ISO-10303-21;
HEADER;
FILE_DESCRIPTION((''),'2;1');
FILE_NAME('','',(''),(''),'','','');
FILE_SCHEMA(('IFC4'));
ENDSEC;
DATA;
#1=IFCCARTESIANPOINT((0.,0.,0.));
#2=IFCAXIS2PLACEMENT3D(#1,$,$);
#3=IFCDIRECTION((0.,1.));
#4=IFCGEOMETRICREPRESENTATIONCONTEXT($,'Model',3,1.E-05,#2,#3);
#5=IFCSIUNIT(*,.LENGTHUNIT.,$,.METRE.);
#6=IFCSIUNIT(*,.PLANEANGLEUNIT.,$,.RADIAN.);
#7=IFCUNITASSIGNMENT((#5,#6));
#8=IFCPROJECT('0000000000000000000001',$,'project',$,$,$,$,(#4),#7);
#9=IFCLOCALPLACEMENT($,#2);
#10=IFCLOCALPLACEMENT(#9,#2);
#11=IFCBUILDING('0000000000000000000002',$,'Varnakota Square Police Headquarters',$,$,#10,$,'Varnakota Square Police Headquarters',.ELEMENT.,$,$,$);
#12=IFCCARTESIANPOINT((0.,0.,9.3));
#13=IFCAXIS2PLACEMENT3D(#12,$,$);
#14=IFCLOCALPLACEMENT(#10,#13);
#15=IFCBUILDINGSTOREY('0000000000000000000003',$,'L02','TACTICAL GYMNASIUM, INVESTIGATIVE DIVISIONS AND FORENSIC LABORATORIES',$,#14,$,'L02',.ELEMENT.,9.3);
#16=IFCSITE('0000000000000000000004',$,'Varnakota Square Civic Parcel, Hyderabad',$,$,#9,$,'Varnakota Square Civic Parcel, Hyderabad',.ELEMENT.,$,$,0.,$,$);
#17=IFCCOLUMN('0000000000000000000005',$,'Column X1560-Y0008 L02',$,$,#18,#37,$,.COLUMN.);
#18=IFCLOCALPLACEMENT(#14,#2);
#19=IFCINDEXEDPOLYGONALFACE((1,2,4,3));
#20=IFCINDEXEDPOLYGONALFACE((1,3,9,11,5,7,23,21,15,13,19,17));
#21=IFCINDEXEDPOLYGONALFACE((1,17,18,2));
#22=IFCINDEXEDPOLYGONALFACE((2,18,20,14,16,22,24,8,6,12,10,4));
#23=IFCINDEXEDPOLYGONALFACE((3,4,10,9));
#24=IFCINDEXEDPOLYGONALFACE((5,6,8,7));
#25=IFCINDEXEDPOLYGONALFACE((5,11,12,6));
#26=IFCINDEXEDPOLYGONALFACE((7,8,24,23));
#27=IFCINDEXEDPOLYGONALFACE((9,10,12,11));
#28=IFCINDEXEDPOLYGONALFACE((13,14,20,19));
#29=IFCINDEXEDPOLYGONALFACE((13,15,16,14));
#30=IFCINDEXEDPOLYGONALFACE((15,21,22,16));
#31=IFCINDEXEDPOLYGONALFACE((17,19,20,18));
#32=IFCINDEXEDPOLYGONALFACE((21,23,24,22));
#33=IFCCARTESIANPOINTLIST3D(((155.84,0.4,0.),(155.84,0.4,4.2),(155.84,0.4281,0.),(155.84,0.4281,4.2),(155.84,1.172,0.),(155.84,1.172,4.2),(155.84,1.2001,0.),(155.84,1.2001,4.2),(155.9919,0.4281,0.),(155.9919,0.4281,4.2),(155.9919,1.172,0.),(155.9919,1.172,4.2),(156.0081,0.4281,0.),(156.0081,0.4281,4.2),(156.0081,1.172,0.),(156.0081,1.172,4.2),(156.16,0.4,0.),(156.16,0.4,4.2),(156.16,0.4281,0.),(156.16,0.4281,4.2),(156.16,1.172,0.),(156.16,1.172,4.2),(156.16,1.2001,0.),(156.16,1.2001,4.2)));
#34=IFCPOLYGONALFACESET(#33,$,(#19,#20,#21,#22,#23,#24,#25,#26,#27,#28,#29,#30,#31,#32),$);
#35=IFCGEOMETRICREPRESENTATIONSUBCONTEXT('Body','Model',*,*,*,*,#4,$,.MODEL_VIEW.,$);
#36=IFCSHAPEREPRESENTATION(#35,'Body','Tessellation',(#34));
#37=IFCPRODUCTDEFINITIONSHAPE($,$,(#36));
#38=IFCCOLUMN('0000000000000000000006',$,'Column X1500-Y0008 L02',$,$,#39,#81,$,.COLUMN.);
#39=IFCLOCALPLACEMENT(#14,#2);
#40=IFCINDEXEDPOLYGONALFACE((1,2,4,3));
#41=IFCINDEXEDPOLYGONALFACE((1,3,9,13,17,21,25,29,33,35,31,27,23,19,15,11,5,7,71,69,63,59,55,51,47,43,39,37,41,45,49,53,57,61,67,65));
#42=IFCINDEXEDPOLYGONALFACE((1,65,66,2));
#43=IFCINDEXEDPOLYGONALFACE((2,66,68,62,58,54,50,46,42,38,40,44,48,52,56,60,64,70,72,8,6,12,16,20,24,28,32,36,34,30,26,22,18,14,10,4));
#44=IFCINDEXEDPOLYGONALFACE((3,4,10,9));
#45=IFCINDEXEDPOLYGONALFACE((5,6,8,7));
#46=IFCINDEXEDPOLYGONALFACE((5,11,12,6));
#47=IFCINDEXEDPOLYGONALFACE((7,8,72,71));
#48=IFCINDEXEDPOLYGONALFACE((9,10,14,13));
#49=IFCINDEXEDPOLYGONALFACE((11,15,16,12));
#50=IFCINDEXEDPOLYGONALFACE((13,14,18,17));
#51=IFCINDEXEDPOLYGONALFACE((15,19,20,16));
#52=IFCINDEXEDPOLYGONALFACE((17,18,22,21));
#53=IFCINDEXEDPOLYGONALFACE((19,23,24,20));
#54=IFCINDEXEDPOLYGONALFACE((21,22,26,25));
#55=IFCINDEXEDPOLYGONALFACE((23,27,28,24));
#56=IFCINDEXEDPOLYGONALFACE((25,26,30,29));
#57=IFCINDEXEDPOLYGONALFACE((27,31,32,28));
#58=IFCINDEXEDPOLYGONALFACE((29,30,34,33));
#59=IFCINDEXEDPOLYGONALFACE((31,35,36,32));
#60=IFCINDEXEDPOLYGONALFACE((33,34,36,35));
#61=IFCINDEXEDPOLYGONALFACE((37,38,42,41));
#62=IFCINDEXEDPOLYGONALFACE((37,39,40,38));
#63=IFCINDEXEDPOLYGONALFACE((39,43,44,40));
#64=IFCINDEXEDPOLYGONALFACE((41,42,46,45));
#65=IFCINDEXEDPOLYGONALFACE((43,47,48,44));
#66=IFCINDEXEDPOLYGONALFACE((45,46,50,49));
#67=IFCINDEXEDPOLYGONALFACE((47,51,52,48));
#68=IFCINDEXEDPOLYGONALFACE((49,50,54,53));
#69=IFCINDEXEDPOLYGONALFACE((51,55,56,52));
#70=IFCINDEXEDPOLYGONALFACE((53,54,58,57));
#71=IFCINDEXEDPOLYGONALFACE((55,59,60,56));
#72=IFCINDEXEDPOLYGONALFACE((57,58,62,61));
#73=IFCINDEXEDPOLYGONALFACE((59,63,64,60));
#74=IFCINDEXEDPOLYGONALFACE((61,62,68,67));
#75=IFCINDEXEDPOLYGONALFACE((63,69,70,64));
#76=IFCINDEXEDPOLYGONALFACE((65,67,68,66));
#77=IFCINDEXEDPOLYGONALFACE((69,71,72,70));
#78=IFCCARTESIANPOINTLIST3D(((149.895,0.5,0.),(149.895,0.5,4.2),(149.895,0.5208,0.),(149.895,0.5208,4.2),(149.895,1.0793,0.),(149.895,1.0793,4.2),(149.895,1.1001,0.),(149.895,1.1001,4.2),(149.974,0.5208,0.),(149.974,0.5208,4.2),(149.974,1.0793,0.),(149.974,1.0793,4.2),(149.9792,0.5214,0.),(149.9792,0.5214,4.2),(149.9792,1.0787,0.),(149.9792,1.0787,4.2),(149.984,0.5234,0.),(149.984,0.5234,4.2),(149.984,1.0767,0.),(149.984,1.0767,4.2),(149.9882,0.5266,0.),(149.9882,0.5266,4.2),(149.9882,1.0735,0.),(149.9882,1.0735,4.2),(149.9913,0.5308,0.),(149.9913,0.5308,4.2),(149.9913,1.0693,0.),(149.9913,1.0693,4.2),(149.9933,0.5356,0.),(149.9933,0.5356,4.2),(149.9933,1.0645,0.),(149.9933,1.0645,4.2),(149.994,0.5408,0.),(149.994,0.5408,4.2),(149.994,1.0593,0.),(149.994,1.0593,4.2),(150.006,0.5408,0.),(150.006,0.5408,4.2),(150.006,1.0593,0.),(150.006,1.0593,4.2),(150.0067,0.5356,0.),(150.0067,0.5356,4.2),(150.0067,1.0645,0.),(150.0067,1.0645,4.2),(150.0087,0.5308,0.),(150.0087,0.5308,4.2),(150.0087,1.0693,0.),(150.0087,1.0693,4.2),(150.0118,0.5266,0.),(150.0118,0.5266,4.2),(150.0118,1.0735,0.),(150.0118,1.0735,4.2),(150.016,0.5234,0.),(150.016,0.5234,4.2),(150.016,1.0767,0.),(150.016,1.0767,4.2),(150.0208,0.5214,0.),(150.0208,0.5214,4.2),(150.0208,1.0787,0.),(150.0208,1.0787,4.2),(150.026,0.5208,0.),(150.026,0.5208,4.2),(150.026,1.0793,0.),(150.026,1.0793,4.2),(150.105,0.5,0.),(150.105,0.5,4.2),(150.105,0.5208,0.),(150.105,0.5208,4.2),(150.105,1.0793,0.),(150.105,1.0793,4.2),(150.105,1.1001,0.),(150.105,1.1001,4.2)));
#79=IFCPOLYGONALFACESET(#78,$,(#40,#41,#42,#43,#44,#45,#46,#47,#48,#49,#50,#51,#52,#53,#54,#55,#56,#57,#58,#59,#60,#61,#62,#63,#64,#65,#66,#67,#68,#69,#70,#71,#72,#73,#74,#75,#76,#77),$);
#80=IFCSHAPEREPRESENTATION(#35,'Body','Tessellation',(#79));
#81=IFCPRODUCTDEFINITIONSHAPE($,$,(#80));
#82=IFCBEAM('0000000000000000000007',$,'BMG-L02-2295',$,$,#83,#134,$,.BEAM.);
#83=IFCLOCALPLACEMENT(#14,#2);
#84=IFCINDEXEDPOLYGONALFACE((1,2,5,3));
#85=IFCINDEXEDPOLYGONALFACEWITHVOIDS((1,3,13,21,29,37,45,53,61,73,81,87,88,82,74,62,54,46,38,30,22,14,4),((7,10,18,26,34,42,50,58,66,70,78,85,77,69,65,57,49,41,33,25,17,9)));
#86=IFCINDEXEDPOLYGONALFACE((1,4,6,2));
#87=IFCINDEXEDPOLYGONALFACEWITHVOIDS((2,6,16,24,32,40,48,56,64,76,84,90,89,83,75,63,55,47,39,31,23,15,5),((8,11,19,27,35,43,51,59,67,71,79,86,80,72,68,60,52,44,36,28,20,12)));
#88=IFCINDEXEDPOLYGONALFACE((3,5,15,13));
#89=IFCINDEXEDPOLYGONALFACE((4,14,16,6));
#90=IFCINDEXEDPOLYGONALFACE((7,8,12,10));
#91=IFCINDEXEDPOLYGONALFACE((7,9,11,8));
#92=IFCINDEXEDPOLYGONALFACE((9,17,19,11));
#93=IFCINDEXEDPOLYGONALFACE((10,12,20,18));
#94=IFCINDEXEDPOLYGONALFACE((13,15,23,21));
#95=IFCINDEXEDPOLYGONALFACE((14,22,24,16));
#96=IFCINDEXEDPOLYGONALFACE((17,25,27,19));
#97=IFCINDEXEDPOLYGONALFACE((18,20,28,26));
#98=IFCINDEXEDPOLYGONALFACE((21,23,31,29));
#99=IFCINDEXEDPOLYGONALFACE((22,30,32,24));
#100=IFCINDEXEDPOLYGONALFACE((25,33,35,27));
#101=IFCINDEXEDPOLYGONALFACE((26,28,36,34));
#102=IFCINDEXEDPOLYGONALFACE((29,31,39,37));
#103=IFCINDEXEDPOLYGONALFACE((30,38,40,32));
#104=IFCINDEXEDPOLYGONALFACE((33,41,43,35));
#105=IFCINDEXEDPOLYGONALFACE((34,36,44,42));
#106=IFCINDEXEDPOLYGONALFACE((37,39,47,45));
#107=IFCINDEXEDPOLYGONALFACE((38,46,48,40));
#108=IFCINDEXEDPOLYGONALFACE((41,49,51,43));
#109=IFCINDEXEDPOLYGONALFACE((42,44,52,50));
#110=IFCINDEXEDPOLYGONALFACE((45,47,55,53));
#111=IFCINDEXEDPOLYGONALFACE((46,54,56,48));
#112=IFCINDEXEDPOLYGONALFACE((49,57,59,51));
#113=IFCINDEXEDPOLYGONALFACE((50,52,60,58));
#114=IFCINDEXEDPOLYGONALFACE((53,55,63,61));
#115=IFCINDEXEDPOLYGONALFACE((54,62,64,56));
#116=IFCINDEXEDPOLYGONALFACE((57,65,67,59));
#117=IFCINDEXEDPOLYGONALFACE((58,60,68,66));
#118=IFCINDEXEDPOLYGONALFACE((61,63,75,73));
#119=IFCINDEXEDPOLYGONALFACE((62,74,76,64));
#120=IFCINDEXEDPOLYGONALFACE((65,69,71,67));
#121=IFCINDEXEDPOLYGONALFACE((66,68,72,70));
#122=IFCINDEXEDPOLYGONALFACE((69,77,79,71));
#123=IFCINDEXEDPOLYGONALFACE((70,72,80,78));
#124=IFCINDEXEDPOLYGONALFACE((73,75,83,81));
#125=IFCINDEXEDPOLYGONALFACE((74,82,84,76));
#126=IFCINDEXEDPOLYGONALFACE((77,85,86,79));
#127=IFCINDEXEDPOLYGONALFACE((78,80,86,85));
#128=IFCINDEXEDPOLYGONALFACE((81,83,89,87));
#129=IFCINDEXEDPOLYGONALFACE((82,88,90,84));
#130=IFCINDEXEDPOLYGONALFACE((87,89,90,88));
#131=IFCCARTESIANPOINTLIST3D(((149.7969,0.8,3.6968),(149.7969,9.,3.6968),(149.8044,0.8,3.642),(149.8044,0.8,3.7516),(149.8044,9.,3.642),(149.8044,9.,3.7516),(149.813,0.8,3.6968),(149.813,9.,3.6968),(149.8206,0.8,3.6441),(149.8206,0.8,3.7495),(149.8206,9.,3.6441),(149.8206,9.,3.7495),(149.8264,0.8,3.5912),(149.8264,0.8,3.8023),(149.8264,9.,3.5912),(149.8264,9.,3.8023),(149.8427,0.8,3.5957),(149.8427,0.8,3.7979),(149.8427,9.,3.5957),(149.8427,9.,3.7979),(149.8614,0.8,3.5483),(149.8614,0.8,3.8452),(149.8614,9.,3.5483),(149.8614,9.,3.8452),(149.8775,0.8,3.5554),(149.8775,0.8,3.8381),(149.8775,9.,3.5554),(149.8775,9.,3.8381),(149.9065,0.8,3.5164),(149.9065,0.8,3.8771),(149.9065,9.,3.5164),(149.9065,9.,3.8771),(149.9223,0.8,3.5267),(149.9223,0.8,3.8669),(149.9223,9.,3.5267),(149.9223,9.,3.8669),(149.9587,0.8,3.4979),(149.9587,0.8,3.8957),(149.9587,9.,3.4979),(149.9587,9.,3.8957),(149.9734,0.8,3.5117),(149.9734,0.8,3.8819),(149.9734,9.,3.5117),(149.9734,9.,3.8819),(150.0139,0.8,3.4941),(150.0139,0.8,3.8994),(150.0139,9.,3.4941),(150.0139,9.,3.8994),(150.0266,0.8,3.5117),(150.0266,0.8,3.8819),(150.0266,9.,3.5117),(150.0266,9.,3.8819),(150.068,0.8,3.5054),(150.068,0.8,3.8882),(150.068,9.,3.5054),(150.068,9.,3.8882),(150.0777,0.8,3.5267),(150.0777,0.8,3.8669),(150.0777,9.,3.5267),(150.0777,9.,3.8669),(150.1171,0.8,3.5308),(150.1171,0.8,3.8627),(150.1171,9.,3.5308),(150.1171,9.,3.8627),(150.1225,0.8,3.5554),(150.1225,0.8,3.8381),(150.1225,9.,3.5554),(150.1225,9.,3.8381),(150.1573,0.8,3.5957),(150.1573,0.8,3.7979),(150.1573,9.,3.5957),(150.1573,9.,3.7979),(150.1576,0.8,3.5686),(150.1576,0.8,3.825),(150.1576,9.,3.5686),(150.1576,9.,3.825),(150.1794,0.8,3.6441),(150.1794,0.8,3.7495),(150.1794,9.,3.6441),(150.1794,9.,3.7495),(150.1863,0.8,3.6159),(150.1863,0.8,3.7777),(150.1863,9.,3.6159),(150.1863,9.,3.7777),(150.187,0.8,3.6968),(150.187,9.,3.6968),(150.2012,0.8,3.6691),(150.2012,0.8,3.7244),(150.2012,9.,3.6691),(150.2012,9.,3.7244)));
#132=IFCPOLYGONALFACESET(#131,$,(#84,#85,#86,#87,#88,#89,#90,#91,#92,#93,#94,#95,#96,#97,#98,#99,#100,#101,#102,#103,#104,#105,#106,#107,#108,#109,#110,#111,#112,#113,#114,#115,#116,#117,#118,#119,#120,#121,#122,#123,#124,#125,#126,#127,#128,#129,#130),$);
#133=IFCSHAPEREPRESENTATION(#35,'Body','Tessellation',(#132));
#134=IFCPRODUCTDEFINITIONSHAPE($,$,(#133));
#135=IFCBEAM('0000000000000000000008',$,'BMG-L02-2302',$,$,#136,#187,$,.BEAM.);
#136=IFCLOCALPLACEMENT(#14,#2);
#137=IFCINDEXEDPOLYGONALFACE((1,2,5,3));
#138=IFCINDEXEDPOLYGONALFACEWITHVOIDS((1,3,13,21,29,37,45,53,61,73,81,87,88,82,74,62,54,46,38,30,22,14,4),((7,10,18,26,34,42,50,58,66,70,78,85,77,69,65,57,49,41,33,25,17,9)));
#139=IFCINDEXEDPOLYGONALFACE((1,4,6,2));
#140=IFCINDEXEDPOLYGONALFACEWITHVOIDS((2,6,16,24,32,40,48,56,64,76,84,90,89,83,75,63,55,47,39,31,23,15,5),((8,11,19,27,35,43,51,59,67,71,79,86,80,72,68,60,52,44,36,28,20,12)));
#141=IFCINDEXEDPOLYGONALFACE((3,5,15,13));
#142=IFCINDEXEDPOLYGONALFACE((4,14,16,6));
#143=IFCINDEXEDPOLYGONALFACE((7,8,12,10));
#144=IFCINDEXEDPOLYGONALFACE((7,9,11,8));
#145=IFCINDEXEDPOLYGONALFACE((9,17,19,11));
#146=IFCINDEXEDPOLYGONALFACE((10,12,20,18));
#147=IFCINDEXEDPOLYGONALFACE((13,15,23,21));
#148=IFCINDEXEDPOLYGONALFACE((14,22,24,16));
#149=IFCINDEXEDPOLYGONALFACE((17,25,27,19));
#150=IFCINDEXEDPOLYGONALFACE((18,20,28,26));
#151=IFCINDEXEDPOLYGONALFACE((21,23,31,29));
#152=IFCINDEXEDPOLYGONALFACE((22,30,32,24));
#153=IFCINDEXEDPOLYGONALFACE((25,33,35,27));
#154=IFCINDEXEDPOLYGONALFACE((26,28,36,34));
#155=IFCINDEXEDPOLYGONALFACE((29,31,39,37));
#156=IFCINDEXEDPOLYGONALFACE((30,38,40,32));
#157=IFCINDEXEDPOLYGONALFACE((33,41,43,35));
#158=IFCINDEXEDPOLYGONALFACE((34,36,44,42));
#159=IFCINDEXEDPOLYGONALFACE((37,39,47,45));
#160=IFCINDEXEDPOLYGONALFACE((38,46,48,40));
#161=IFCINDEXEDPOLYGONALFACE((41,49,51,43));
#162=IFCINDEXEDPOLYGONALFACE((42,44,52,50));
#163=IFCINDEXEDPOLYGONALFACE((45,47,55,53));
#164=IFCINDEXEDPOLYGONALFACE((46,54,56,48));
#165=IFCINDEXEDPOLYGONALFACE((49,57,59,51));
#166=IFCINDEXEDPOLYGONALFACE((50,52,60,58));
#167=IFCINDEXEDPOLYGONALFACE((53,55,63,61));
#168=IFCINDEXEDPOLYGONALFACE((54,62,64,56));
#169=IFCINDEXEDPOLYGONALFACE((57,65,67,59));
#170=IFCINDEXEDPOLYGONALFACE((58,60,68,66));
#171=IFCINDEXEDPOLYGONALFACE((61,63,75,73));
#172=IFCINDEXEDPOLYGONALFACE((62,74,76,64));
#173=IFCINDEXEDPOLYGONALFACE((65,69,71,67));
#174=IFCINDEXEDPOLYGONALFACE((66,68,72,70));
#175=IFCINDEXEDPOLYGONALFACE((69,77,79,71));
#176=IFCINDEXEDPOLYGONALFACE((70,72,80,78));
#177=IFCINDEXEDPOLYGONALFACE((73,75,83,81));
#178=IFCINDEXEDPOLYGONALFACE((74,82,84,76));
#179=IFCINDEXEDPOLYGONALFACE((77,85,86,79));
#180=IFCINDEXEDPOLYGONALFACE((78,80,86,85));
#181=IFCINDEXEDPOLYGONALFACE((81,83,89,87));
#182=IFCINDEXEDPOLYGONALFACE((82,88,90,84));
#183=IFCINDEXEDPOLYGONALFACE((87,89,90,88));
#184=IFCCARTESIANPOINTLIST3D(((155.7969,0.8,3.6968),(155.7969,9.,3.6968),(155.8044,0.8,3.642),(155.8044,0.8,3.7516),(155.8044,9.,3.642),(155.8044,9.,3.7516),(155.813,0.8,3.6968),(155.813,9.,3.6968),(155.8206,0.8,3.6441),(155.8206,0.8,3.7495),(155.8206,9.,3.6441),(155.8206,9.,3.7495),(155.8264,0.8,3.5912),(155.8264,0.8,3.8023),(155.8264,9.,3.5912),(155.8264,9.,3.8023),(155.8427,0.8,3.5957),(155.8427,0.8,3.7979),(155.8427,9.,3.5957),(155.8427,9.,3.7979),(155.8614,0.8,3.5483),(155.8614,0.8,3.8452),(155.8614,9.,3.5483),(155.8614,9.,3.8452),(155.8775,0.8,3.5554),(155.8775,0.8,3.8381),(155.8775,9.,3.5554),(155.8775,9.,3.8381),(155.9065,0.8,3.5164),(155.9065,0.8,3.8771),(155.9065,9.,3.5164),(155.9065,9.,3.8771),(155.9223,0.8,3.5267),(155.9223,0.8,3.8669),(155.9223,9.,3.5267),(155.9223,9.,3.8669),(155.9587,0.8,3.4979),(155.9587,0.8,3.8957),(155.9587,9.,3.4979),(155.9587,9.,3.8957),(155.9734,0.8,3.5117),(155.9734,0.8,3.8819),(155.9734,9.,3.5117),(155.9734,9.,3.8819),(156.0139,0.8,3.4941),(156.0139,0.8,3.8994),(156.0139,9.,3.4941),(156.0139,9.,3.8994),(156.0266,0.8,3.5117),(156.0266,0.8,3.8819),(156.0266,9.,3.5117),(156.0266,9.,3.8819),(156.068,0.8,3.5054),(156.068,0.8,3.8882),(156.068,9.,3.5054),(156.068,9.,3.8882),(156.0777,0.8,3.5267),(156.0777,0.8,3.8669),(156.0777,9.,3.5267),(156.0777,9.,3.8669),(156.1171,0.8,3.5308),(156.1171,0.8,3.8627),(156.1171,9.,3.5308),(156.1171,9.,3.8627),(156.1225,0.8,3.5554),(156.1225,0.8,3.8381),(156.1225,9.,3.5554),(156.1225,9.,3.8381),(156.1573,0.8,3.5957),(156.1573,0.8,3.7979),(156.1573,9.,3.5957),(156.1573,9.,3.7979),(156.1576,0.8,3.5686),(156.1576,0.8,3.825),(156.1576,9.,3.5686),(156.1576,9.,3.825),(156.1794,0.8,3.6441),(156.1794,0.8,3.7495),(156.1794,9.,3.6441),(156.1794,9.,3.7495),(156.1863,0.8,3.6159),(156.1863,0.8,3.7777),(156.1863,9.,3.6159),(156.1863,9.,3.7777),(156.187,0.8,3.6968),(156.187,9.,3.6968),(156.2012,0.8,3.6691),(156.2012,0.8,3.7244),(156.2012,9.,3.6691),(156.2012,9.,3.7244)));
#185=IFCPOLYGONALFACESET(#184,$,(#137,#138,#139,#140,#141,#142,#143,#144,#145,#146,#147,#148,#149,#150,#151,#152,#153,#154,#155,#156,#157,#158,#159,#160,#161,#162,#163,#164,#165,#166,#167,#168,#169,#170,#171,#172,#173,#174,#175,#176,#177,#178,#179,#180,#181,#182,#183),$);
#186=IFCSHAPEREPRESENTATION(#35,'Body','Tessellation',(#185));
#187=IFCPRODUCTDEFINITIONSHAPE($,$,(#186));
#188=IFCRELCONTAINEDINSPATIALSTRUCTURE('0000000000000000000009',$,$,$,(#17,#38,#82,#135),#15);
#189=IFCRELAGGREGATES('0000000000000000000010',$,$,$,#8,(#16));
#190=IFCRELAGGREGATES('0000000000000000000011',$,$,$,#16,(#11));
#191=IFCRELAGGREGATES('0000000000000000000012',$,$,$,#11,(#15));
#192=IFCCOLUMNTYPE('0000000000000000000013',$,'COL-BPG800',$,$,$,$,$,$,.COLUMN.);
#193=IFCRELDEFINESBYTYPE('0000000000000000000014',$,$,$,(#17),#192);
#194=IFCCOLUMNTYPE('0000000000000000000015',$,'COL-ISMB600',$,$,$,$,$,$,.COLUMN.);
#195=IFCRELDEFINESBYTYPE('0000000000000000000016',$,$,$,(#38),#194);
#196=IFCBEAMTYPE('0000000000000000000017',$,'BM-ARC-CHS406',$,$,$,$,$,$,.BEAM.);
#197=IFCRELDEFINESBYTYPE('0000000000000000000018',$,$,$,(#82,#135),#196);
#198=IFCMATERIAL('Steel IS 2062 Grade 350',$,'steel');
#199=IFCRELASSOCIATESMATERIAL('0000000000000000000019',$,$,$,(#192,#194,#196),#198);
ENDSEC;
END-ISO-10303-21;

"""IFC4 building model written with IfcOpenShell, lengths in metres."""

from ifc_helpers import new_model, si_unit, direction, frame, origin, origin_2d, place, context, subcontext, project, spatial, hollow_circle, i_section, extrude, material, material_profile, profile_set, type_object, element, save


model = new_model("IFC4")

# Units and contexts
model_context = context("Model", 3, precision=1e-05, world=origin(), true_north=direction((0.0, 1.0)))
body_context = subcontext(model_context, "Body", "Model", "MODEL_VIEW")
ifc_project = project(units=[si_unit("LENGTHUNIT", "METRE"), si_unit("PLANEANGLEUNIT", "RADIAN")], contexts=[model_context])

# Site, building, storey
site_placement = place(None, origin())
site = spatial("IfcSite", under=ifc_project, at=site_placement, Name="Varnakota Square Civic Parcel, Hyderabad", LongName="Varnakota Square Civic Parcel, Hyderabad", CompositionType="ELEMENT", RefElevation=0.0)
building_placement = place(site_placement, origin())
building = spatial("IfcBuilding", under=site, at=building_placement, Name="Varnakota Square Police Headquarters", LongName="Varnakota Square Police Headquarters", CompositionType="ELEMENT")
storey_placement = place(building_placement, frame((0.0, 0.0, 9.3)))
storey = spatial("IfcBuildingStorey", under=building, at=storey_placement, Name="L02", Description="TACTICAL GYMNASIUM, INVESTIGATIVE DIVISIONS AND FORENSIC LABORATORIES", LongName="L02", CompositionType="ELEMENT", Elevation=9.3)

# Columns
ifc_material_1 = material(Name="Steel IS 2062 Grade 350", Category="steel")
ifc_material_profile_1 = material_profile(ifc_material_1, i_section(OverallWidth=0.3201, OverallDepth=0.8, WebThickness=0.0161, FlangeThickness=0.0281, at=origin_2d()), Name="BPG 800x320")
ifc_profile_set_1 = profile_set([ifc_material_profile_1], Name="Steel IS 2062 Grade 350")
column_type_1 = type_object("IfcColumnType", Name="COL-BPG800", PredefinedType="COLUMN", material=ifc_profile_set_1)
column_1_placement = place(storey_placement, frame((156.0, 0.8, 0.0), z_axis=(0.0, 0.0, 1.0), x_axis=(1.0, 0.0, 0.0)))
element("IfcColumn", 1, at=column_1_placement, inside=storey, type_object=column_type_1, Name="Column X1560-Y0008 L02", PredefinedType="COLUMN", context=body_context, shape_type="SweptSolid", body=[
    extrude(i_section(OverallWidth=0.3201, OverallDepth=0.8, WebThickness=0.0161, FlangeThickness=0.0281, at=origin_2d()), origin(), (0.0, 0.0, 1.0), 4.2),
])
ifc_material_profile_2 = material_profile(ifc_material_1, i_section(OverallWidth=0.21, OverallDepth=0.6001, WebThickness=0.012, FlangeThickness=0.0208, FilletRadius=0.02, at=origin_2d()), Name="ISMB 600")
ifc_profile_set_2 = profile_set([ifc_material_profile_2], Name="Steel IS 2062 Grade 350")
column_type_2 = type_object("IfcColumnType", Name="COL-ISMB600", PredefinedType="COLUMN", material=ifc_profile_set_2)
column_2_placement = place(storey_placement, frame((150.0, 0.8, 0.0), z_axis=(0.0, 0.0, 1.0), x_axis=(1.0, 0.0, 0.0)))
element("IfcColumn", 2, at=column_2_placement, inside=storey, type_object=column_type_2, Name="Column X1500-Y0008 L02", PredefinedType="COLUMN", context=body_context, shape_type="SweptSolid", body=[
    extrude(i_section(OverallWidth=0.21, OverallDepth=0.6001, WebThickness=0.012, FlangeThickness=0.0208, FilletRadius=0.02, at=origin_2d()), origin(), (0.0, 0.0, 1.0), 4.2),
])

# Beams
ifc_material_profile_3 = material_profile(ifc_material_1, hollow_circle(Radius=0.2031, WallThickness=0.0161, at=origin_2d()), Name="CHS 406.4x16.0")
ifc_profile_set_3 = profile_set([ifc_material_profile_3], Name="Steel IS 2062 Grade 350")
beam_type_1 = type_object("IfcBeamType", Name="BM-ARC-CHS406", PredefinedType="BEAM", material=ifc_profile_set_3)
for number, where, z_axis, x_axis, name in (
    (3, (150.0, 0.8, 3.6968), (0.0, 1.0, 0.0), (-1.0, 0.0, 0.0), "BMG-L02-2295"),
    (4, (156.0, 0.8, 3.6968), (0.0, 1.0, 0.0), (-1.0, 0.0, 0.0), "BMG-L02-2302"),
):
    element("IfcBeam", number, at=place(storey_placement, frame(where, z_axis=z_axis, x_axis=x_axis)), inside=storey, type_object=beam_type_1, Name=name, PredefinedType="BEAM", context=body_context, shape_type="SweptSolid", body=[
        extrude(hollow_circle(Radius=0.2031, WallThickness=0.0161, at=origin_2d()), origin(), (0.0, 0.0, 1.0), 8.2),
    ])

save(model, "model.ifc")
